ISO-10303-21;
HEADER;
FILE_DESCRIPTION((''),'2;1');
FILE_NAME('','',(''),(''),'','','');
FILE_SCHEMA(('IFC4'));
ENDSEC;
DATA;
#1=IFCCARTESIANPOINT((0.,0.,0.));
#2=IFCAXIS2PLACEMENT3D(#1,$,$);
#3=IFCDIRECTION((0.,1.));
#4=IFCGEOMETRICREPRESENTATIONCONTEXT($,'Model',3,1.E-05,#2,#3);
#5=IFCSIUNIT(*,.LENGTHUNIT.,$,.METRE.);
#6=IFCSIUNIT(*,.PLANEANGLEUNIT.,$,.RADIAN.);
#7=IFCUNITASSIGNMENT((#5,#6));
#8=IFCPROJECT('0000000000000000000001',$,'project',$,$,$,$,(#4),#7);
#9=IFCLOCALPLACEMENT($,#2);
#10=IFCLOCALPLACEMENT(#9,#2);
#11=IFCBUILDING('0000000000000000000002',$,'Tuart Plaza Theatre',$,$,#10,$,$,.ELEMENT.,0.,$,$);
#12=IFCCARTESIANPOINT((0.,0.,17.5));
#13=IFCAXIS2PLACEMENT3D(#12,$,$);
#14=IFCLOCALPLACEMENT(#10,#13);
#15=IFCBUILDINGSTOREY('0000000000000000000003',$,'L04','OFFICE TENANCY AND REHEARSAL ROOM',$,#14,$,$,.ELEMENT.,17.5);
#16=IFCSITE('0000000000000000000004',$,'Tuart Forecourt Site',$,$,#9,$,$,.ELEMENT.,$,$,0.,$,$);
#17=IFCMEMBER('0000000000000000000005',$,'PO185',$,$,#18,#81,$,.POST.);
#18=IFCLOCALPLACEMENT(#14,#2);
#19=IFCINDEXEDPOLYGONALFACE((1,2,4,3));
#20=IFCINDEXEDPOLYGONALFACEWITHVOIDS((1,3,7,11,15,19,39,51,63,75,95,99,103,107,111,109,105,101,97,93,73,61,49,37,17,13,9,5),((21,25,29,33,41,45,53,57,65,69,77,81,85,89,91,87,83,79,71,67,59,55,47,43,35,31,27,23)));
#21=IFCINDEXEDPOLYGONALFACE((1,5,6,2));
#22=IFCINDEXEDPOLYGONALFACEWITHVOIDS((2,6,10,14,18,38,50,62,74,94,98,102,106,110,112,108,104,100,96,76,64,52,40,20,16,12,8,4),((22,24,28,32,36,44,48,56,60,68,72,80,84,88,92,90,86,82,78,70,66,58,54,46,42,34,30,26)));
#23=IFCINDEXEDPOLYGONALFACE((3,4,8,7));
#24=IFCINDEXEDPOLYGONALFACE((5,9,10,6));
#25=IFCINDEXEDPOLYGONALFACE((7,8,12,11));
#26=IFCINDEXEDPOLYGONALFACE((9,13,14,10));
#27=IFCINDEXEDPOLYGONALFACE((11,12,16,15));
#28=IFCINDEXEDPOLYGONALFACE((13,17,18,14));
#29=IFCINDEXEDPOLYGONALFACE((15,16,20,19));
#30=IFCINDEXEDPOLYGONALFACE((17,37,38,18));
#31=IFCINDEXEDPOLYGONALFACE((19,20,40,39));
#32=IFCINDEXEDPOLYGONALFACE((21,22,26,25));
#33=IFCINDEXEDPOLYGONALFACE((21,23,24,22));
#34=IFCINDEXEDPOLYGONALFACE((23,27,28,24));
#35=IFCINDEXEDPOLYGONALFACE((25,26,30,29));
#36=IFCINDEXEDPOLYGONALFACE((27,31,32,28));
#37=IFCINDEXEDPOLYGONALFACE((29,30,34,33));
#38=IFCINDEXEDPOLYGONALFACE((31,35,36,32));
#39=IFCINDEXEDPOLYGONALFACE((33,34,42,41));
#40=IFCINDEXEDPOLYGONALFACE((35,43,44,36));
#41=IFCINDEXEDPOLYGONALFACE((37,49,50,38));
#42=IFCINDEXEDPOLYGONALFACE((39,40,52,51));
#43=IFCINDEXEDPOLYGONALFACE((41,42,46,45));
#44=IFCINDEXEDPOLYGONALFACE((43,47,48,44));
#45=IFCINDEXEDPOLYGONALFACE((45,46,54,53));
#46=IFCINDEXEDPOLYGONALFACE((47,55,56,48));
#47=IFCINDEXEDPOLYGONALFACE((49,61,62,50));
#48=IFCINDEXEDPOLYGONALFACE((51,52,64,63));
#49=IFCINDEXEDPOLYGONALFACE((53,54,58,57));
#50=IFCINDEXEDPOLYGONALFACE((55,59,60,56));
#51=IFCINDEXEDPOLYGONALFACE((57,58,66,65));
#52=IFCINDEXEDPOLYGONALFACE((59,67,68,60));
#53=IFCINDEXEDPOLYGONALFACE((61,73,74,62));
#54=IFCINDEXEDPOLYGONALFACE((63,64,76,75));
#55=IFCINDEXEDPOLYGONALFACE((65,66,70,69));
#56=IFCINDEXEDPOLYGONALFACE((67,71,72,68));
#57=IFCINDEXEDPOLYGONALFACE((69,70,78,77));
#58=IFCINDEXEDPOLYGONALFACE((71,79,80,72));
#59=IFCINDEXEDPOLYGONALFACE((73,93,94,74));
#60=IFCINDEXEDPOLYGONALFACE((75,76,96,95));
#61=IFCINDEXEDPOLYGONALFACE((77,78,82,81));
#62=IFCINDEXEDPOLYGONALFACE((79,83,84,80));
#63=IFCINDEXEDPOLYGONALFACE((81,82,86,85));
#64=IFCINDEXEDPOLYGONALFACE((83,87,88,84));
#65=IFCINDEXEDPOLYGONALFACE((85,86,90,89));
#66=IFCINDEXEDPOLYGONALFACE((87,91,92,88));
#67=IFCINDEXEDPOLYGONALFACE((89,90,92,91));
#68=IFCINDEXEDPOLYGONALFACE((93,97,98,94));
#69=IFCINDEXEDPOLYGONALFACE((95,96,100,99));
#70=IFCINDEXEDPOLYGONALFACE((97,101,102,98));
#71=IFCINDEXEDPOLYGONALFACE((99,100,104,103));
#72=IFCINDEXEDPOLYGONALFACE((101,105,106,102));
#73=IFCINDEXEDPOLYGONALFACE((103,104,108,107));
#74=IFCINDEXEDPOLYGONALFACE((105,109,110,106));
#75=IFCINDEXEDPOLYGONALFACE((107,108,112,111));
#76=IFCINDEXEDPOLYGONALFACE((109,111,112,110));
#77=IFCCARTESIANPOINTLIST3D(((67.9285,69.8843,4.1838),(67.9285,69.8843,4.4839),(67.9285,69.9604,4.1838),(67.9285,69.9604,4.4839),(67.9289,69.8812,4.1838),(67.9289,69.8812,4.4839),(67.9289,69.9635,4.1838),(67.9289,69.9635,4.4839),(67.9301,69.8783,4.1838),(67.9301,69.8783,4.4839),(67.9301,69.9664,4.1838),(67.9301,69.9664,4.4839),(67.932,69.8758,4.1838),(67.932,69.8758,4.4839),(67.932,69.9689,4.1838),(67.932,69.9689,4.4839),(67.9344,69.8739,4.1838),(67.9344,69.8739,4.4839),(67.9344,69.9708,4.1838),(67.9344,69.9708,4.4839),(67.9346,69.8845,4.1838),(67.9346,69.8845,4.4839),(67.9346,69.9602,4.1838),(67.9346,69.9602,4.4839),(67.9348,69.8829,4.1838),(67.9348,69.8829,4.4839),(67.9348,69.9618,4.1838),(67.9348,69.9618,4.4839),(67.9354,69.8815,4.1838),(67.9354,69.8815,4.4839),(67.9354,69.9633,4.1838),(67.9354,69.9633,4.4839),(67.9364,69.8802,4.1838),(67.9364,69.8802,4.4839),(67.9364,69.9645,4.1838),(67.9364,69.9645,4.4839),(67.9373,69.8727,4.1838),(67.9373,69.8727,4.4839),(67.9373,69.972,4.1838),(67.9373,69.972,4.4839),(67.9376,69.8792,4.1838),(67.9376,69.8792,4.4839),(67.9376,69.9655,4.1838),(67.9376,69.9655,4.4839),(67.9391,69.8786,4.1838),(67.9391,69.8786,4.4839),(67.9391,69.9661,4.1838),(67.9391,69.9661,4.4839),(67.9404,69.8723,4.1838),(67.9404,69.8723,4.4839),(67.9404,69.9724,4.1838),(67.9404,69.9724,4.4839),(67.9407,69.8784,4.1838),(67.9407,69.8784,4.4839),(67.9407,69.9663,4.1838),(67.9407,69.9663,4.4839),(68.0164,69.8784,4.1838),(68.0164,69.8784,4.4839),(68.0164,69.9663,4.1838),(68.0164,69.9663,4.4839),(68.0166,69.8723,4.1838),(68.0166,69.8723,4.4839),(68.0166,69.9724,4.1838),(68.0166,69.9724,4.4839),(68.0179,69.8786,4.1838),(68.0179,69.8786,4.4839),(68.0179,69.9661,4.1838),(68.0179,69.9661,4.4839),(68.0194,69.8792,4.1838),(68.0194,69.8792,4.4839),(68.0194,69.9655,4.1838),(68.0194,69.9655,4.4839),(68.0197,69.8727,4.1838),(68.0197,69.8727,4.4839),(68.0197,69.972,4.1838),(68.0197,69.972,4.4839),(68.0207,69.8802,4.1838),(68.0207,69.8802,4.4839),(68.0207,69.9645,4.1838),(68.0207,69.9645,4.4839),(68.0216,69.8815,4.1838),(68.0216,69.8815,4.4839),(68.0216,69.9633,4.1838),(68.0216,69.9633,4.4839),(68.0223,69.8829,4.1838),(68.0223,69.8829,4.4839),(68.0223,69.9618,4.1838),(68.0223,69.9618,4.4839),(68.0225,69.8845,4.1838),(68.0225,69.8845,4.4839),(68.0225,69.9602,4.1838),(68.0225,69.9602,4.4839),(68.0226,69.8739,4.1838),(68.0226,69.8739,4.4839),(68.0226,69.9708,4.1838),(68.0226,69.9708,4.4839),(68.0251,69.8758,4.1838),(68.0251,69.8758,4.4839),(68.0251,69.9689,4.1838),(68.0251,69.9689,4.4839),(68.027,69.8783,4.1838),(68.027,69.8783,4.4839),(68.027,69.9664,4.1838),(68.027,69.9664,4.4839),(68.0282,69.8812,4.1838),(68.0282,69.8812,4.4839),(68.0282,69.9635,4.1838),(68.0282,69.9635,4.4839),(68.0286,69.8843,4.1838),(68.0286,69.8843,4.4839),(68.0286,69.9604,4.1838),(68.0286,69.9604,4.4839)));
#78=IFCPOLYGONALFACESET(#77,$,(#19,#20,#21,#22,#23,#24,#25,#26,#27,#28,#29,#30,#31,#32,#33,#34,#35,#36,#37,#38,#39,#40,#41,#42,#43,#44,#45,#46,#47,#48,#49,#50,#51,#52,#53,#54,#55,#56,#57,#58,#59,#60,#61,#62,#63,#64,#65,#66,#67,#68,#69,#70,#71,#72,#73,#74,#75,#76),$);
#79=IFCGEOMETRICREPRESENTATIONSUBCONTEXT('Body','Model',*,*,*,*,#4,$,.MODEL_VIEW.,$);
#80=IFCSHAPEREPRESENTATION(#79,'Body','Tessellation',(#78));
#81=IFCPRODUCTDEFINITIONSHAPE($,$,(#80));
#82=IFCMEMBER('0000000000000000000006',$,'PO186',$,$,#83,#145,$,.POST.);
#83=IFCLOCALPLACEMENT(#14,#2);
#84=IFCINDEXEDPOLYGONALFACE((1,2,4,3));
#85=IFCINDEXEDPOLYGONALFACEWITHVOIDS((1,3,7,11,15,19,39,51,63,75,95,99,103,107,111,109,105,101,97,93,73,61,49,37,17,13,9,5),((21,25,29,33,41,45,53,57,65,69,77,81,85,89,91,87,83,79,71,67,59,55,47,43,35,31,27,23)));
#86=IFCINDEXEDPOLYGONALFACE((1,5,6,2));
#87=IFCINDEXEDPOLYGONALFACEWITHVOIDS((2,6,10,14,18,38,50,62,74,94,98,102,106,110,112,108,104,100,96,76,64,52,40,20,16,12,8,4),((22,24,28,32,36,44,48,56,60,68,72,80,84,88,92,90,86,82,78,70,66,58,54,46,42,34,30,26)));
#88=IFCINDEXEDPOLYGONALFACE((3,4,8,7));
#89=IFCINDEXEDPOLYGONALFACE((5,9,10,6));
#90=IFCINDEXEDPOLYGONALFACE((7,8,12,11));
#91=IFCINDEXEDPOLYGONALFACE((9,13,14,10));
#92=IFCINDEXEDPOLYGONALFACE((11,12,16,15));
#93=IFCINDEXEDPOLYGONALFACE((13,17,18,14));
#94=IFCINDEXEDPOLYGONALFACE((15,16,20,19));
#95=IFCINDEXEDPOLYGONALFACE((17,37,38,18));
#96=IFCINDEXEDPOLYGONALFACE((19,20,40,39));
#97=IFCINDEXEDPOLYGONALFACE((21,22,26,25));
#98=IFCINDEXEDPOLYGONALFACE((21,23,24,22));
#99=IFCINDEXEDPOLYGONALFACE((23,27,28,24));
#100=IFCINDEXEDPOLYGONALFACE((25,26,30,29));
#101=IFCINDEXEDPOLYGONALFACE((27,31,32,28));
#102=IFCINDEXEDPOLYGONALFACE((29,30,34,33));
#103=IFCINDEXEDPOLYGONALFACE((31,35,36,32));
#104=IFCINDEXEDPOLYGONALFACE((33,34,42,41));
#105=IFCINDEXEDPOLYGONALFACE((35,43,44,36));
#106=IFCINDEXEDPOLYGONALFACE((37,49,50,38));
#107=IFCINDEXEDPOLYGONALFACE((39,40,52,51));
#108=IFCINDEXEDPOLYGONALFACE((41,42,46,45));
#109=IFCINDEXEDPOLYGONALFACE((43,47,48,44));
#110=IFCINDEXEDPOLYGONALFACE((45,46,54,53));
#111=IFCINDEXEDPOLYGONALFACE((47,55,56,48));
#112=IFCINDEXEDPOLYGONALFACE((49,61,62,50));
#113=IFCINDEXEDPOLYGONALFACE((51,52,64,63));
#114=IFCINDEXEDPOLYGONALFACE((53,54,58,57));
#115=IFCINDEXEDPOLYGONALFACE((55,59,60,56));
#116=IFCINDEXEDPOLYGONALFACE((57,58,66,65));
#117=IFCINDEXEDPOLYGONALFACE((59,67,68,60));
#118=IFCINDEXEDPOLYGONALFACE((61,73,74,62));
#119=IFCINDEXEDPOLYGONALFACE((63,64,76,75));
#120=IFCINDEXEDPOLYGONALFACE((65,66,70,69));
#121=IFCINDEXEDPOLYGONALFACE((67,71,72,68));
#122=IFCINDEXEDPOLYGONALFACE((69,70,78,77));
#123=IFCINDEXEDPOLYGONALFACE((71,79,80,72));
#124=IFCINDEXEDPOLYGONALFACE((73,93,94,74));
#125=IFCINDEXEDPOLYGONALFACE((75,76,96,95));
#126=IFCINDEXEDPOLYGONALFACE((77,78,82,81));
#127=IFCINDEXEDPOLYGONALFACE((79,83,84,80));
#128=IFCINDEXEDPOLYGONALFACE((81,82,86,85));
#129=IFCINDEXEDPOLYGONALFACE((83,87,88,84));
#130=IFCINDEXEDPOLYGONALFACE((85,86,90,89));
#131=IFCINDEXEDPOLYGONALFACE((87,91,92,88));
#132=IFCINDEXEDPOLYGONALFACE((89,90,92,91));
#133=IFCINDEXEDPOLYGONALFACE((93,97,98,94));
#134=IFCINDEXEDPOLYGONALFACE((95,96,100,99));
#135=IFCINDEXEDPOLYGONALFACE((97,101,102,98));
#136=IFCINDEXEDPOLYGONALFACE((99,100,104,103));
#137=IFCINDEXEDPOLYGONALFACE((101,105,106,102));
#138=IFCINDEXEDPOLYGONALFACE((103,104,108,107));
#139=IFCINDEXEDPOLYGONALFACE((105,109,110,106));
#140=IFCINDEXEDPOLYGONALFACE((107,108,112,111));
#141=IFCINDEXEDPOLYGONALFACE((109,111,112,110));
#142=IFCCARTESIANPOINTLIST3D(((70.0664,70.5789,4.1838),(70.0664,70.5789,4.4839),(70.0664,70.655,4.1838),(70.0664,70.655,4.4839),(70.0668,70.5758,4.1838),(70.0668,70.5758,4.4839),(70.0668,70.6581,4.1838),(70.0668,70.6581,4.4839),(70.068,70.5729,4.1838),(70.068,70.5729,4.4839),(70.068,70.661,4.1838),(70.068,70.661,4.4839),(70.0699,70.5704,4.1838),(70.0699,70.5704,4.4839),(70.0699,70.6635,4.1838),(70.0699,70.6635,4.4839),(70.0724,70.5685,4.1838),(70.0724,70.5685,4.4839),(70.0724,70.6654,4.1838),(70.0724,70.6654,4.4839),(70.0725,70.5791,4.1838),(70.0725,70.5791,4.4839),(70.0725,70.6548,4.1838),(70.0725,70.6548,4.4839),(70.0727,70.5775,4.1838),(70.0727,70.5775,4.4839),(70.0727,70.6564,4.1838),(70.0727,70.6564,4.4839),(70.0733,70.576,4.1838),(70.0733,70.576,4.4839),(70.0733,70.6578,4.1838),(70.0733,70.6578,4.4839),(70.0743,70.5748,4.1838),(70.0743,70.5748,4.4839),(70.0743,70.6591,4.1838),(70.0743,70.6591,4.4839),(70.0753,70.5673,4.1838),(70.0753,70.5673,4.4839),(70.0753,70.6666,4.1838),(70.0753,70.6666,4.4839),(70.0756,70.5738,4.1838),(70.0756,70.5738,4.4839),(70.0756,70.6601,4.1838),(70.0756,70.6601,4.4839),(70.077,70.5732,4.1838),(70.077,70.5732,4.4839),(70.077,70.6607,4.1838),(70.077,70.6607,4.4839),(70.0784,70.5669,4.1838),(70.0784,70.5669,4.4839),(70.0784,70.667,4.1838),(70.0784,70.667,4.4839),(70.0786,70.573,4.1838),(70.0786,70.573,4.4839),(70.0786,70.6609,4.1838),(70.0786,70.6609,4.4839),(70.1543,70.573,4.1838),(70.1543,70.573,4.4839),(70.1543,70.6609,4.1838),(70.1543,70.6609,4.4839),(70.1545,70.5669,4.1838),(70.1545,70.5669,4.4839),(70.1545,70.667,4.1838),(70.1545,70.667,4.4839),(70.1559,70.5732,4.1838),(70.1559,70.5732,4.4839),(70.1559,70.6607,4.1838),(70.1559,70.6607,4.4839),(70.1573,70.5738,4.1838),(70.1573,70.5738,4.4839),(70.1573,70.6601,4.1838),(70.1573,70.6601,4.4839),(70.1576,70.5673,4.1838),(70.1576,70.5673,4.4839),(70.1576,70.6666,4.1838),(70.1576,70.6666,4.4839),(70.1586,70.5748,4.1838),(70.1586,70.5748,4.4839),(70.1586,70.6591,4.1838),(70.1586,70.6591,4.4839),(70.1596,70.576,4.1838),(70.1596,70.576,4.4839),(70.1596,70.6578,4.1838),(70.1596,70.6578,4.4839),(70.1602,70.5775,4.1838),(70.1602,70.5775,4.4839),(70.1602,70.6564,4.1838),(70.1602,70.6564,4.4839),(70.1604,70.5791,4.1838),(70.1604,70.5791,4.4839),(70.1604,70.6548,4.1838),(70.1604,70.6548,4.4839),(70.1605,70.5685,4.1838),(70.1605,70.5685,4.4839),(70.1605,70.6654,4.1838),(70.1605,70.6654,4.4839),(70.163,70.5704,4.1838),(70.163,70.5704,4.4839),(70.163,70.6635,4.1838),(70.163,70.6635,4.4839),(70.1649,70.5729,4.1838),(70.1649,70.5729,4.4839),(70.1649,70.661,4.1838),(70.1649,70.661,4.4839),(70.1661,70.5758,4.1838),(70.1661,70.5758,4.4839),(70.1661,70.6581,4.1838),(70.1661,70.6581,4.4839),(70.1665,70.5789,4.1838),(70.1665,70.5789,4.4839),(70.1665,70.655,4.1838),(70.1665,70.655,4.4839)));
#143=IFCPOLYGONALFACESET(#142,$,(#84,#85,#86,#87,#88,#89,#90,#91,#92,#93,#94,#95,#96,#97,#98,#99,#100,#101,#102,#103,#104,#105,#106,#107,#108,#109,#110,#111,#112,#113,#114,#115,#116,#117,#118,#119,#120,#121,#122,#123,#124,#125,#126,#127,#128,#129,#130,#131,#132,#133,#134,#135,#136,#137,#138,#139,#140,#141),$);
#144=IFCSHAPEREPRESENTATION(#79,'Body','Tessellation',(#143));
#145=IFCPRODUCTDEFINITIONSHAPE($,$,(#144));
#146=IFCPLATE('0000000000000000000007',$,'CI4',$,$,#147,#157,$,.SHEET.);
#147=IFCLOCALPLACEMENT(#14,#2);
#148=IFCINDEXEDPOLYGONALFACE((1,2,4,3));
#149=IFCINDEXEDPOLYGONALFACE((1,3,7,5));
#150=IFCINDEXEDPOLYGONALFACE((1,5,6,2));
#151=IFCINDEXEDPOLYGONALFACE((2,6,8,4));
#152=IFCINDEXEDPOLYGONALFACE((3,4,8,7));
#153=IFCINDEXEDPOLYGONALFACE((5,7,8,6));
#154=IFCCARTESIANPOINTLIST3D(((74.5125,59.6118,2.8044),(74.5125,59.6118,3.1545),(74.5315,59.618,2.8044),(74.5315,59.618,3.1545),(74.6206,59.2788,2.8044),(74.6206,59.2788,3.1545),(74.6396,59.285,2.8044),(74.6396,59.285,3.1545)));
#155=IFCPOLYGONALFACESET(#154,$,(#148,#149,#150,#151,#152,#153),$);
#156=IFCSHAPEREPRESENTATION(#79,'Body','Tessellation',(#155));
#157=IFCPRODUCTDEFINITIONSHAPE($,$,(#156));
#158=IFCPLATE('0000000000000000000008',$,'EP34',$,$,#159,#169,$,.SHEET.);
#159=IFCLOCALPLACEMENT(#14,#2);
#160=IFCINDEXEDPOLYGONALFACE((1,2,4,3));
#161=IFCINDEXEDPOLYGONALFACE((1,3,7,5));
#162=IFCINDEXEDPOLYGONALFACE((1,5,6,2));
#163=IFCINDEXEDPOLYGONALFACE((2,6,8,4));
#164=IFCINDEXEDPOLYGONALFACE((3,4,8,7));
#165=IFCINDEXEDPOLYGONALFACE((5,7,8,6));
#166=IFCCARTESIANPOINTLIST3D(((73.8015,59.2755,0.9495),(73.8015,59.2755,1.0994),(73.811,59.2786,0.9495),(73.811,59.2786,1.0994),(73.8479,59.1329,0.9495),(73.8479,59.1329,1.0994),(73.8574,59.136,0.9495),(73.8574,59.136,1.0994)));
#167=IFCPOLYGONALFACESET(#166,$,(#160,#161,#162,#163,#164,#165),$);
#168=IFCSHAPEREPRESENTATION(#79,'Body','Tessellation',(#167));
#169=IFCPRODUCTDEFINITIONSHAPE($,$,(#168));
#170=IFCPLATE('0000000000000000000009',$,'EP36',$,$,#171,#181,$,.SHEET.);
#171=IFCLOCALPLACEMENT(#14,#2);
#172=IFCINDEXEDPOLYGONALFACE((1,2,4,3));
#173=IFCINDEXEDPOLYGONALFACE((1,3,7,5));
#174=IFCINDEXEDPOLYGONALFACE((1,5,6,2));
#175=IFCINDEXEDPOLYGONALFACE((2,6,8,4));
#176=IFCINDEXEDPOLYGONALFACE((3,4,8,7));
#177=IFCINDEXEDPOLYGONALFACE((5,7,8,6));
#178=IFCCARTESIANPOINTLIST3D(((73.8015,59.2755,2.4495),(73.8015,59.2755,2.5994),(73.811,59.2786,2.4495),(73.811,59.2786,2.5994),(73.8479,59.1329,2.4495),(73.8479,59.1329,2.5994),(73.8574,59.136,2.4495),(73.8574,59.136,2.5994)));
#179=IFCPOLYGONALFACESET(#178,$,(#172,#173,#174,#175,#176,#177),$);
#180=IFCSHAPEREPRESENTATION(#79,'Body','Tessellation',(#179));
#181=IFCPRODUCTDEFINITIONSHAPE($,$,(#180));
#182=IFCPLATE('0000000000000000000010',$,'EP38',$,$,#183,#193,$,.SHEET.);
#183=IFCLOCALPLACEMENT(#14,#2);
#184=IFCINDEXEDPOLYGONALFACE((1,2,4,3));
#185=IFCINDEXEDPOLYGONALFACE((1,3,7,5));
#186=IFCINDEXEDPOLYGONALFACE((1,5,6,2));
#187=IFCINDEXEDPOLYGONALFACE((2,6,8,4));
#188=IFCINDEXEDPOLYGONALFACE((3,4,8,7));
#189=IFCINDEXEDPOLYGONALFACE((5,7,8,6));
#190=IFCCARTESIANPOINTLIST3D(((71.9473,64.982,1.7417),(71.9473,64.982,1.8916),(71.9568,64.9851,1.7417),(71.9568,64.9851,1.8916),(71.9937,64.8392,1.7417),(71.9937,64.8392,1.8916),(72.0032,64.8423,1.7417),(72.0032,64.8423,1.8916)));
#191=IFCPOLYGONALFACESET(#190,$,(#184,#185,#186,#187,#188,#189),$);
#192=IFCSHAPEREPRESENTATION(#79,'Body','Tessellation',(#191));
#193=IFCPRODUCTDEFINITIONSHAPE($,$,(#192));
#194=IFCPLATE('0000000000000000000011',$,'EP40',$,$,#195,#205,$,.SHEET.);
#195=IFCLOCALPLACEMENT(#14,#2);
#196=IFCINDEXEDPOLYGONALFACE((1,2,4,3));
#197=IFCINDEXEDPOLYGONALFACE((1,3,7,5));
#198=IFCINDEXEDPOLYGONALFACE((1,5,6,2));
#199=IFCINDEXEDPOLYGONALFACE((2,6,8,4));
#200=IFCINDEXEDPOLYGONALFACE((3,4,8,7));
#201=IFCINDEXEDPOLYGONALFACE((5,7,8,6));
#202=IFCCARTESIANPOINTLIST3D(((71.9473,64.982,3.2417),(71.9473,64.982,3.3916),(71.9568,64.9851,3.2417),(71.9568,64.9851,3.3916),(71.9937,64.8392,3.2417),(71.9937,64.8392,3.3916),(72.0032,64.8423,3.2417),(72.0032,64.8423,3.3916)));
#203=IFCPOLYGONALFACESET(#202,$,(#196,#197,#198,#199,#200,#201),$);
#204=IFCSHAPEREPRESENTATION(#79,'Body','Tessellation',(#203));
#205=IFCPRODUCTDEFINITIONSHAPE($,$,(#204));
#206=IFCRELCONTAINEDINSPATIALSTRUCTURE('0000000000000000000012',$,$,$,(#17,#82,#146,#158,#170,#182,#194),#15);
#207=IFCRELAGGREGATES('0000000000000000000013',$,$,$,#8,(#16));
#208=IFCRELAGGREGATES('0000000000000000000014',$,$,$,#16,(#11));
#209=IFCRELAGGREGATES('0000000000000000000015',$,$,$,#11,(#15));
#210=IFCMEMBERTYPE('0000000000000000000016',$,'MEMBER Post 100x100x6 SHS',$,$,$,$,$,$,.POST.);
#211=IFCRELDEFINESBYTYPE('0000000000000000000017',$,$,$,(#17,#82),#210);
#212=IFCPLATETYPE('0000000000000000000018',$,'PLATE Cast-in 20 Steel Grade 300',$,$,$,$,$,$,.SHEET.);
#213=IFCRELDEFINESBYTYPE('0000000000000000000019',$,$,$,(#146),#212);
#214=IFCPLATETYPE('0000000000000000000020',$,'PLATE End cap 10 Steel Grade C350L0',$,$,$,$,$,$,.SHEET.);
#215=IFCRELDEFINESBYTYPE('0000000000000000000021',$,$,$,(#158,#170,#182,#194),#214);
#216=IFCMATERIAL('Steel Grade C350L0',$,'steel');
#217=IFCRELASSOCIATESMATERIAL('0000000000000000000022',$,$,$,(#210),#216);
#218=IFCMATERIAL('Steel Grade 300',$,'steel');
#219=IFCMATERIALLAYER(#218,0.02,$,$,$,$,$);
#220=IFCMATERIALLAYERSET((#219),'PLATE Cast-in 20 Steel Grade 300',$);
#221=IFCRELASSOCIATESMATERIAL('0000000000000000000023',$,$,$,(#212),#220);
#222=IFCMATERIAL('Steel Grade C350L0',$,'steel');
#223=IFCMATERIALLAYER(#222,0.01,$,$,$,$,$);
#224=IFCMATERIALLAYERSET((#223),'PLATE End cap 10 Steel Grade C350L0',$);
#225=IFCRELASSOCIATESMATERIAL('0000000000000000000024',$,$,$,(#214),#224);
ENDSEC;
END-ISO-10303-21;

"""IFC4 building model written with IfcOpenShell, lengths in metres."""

from ifc_helpers import new_model, si_unit, direction, frame, origin, origin_2d, place, context, subcontext, project, spatial, polyline, hollow_rectangle, outline, extrude, material, layer, layer_set, material_profile, profile_set, type_object, element, save


model = new_model("IFC4")

# Units and contexts
model_context = context("Model", 3, precision=1e-05, world=origin(), true_north=direction((0.0, 1.0)))
body_context = subcontext(model_context, "Body", "Model", "MODEL_VIEW")
ifc_project = project(units=[si_unit("LENGTHUNIT", "METRE"), si_unit("PLANEANGLEUNIT", "RADIAN")], contexts=[model_context])

# Site, building, storey
site_placement = place(None, origin())
site = spatial("IfcSite", under=ifc_project, at=site_placement, Name="Tuart Forecourt Site", CompositionType="ELEMENT", RefElevation=0.0)
building_placement = place(site_placement, origin())
building = spatial("IfcBuilding", under=site, at=building_placement, Name="Tuart Plaza Theatre", CompositionType="ELEMENT", ElevationOfRefHeight=0.0)
storey_placement = place(building_placement, frame((0.0, 0.0, 17.5)))
storey = spatial("IfcBuildingStorey", under=building, at=storey_placement, Name="L04", Description="OFFICE TENANCY AND REHEARSAL ROOM", CompositionType="ELEMENT", Elevation=17.5)

# Members
ifc_material_1 = material(Name="Steel Grade C350L0", Category="steel")
ifc_material_profile_1 = material_profile(ifc_material_1, hollow_rectangle(XDim=0.1001, YDim=0.1001, WallThickness=0.0061, InnerFilletRadius=0.0061, OuterFilletRadius=0.012, at=origin_2d()), Name="100x100x6 SHS")
ifc_profile_set_1 = profile_set([ifc_material_profile_1], Name="Steel Grade C350L0")
member_type_1 = type_object("IfcMemberType", Name="MEMBER Post 100x100x6 SHS", PredefinedType="POST", material=ifc_profile_set_1)
for number, where, z_axis, x_axis, name in (
    (1, (67.9785, 69.9224, 4.1838), (0.0, 0.0, 1.0), (1.0, 0.0, 0.0), "PO185"),
    (2, (70.1165, 70.6169, 4.1838), (0.0, 0.0, 1.0), (1.0, 0.0, 0.0), "PO186"),
):
    element("IfcMember", number, at=place(storey_placement, frame(where, z_axis=z_axis, x_axis=x_axis)), inside=storey, type_object=member_type_1, Name=name, PredefinedType="POST", context=body_context, shape_type="SweptSolid", body=[
        extrude(hollow_rectangle(XDim=0.1001, YDim=0.1001, WallThickness=0.0061, InnerFilletRadius=0.0061, OuterFilletRadius=0.012, at=origin_2d()), origin(), (0.0, 0.0, 1.0), 0.3),
    ])

# Plates
ifc_material_2 = material(Name="Steel Grade 300", Category="steel")
ifc_layer_1 = layer(ifc_material_2, 0.02)
ifc_layer_set_1 = layer_set([ifc_layer_1], Name="PLATE Cast-in 20 Steel Grade 300")
plate_type_1 = type_object("IfcPlateType", Name="PLATE Cast-in 20 Steel Grade 300", PredefinedType="SHEET", material=ifc_layer_set_1)
plate_1_placement = place(storey_placement, frame((74.6206, 59.2788, 3.1545), z_axis=(-0.951096, -0.308897, 0.0), x_axis=(-0.308897, 0.951096, 0.0)))
element("IfcPlate", 3, at=plate_1_placement, inside=storey, type_object=plate_type_1, Name="CI4", PredefinedType="SHEET", context=body_context, shape_type="SweptSolid", body=[
    extrude(outline(polyline([(0.0, 0.0), (0.3501, 0.0), (0.3501, 0.3501), (0.0, 0.3501), (0.0, 0.0)])), origin(), (0.0, 0.0, -1.0), 0.02),
])
ifc_material_3 = material(Name="Steel Grade C350L0", Category="steel")
ifc_layer_2 = layer(ifc_material_3, 0.01)
ifc_layer_set_2 = layer_set([ifc_layer_2], Name="PLATE End cap 10 Steel Grade C350L0")
plate_type_2 = type_object("IfcPlateType", Name="PLATE End cap 10 Steel Grade C350L0", PredefinedType="SHEET", material=ifc_layer_set_2)
for number, where, z_axis, x_axis, name in (
    (4, (73.8574, 59.136, 0.9495), (0.950938, 0.309381, 0.0), (-0.309381, 0.950938, 0.0), "EP34"),
    (5, (73.8574, 59.136, 2.4495), (0.950938, 0.309381, 0.0), (-0.309381, 0.950938, 0.0), "EP36"),
):
    element("IfcPlate", number, at=place(storey_placement, frame(where, z_axis=z_axis, x_axis=x_axis)), inside=storey, type_object=plate_type_2, Name=name, PredefinedType="SHEET", context=body_context, shape_type="SweptSolid", body=[
        extrude(outline(polyline([(0.0, 0.0), (0.1499, 0.0), (0.1499, 0.1499), (0.0, 0.1499), (0.0, 0.0)])), origin(), (0.0, 0.0, -1.0), 0.01),
    ])
for number, where, z_axis, x_axis, name in (
    (6, (72.0032, 64.8423, 1.7417), (0.951094, 0.308902, 0.0), (-0.308902, 0.951094, 0.0), "EP38"),
    (7, (72.0032, 64.8423, 3.2417), (0.951094, 0.308902, 0.0), (-0.308902, 0.951094, 0.0), "EP40"),
):
    element("IfcPlate", number, at=place(storey_placement, frame(where, z_axis=z_axis, x_axis=x_axis)), inside=storey, type_object=plate_type_2, Name=name, PredefinedType="SHEET", context=body_context, shape_type="SweptSolid", body=[
        extrude(outline(polyline([(0.0, 0.0), (0.1502, 0.0), (0.1502, 0.1499), (0.0, 0.1499), (0.0, 0.0)])), origin(), (0.0, 0.0, -1.0), 0.01),
    ])

save(model, "model.ifc")
